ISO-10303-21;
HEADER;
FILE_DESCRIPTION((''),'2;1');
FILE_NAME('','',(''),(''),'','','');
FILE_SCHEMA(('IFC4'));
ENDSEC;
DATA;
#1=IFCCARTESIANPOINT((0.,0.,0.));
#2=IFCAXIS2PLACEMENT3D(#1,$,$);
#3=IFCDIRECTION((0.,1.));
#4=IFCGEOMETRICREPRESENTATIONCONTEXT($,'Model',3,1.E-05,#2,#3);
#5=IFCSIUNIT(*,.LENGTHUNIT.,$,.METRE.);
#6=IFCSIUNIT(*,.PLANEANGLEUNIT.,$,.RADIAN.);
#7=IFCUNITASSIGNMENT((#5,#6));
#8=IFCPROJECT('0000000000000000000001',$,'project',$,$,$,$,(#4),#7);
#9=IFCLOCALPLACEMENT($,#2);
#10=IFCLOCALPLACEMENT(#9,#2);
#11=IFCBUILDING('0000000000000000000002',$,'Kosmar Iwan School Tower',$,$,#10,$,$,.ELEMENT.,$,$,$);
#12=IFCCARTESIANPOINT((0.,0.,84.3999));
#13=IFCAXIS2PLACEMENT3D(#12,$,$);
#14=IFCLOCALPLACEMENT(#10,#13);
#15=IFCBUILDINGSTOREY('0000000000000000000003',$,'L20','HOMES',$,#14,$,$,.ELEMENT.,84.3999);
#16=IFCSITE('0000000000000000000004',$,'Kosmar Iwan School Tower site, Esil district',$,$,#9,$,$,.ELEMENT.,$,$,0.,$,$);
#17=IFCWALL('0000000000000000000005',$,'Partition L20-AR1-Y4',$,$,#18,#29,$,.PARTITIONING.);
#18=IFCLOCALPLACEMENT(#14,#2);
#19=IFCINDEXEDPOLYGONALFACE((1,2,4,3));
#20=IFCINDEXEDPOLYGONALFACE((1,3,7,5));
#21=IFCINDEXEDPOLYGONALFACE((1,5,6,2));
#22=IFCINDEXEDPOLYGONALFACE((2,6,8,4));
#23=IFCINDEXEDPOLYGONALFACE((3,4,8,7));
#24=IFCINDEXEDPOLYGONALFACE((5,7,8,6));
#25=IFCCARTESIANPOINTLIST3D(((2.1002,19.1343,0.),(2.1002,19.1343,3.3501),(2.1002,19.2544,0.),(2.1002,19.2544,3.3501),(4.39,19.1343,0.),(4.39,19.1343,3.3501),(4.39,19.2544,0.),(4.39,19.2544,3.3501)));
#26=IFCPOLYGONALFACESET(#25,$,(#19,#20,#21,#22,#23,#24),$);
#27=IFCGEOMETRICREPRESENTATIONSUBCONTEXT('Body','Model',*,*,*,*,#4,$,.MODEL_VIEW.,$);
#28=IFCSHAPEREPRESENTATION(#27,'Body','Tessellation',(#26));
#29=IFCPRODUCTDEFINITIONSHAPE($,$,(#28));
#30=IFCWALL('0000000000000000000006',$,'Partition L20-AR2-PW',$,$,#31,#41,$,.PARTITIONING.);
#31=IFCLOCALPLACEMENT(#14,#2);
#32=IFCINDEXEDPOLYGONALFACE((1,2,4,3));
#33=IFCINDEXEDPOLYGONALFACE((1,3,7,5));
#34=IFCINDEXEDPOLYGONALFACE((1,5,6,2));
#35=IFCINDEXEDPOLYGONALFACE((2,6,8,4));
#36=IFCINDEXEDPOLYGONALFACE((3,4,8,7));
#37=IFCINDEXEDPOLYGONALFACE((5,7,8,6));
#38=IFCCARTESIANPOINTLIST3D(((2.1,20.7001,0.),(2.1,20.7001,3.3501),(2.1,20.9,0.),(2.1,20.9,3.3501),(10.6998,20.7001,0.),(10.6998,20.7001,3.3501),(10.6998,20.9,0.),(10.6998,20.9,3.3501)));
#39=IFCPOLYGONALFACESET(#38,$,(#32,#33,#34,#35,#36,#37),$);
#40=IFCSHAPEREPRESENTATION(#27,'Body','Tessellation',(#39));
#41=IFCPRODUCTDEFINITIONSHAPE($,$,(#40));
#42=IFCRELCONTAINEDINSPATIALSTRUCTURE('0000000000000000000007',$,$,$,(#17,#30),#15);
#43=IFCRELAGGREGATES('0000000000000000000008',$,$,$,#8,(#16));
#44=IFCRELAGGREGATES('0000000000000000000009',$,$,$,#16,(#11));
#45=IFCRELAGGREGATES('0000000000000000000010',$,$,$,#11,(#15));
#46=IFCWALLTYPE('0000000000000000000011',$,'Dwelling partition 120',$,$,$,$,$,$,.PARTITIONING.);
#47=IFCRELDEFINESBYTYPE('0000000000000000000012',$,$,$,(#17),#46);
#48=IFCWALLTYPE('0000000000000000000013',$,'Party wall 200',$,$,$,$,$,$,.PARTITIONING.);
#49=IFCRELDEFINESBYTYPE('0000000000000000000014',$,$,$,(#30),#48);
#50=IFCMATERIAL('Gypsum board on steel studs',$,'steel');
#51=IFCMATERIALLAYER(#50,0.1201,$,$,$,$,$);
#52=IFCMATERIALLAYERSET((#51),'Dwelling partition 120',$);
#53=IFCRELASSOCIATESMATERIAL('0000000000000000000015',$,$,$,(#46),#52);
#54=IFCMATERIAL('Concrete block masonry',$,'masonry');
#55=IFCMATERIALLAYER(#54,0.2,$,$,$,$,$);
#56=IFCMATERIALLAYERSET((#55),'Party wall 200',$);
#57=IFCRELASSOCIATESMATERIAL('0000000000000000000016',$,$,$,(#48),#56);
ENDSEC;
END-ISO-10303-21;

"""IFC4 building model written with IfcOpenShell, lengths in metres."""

from ifc_helpers import new_model, si_unit, direction, frame, frame_2d, origin, place, context, subcontext, project, spatial, rectangle, extrude, material, layer, layer_set, type_object, element, save


model = new_model("IFC4")

# Units and contexts
model_context = context("Model", 3, precision=1e-05, world=origin(), true_north=direction((0.0, 1.0)))
body_context = subcontext(model_context, "Body", "Model", "MODEL_VIEW")
ifc_project = project(units=[si_unit("LENGTHUNIT", "METRE"), si_unit("PLANEANGLEUNIT", "RADIAN")], contexts=[model_context])

# Site, building, storey
site_placement = place(None, origin())
site = spatial("IfcSite", under=ifc_project, at=site_placement, Name="Kosmar Iwan School Tower site, Esil district", CompositionType="ELEMENT", RefElevation=0.0)
building_placement = place(site_placement, origin())
building = spatial("IfcBuilding", under=site, at=building_placement, Name="Kosmar Iwan School Tower", CompositionType="ELEMENT")
storey_placement = place(building_placement, frame((0.0, 0.0, 84.3999)))
storey = spatial("IfcBuildingStorey", under=building, at=storey_placement, Name="L20", Description="HOMES", CompositionType="ELEMENT", Elevation=84.3999)

# Walls
ifc_material_1 = material(Name="Gypsum board on steel studs", Category="steel")
ifc_layer_1 = layer(ifc_material_1, 0.1201)
ifc_layer_set_1 = layer_set([ifc_layer_1], Name="Dwelling partition 120")
wall_type_1 = type_object("IfcWallType", Name="Dwelling partition 120", PredefinedType="PARTITIONING", material=ifc_layer_set_1)
wall_1_placement = place(storey_placement, frame((2.1001, 19.1943, 0.0), z_axis=(0.0, 0.0, 1.0), x_axis=(1.0, 0.0, 0.0)))
element("IfcWall", 1, at=wall_1_placement, inside=storey, type_object=wall_type_1, Name="Partition L20-AR1-Y4", PredefinedType="PARTITIONING", context=body_context, shape_type="SweptSolid", body=[
    extrude(rectangle(XDim=2.2898, YDim=0.1201, at=frame_2d((1.145, 0.0))), origin(), (0.0, 0.0, 1.0), 3.3501),
])
ifc_material_2 = material(Name="Concrete block masonry", Category="masonry")
ifc_layer_2 = layer(ifc_material_2, 0.2)
ifc_layer_set_2 = layer_set([ifc_layer_2], Name="Party wall 200")
wall_type_2 = type_object("IfcWallType", Name="Party wall 200", PredefinedType="PARTITIONING", material=ifc_layer_set_2)
wall_2_placement = place(storey_placement, frame((2.1001, 20.8, 0.0), z_axis=(0.0, 0.0, 1.0), x_axis=(1.0, 0.0, 0.0)))
element("IfcWall", 2, at=wall_2_placement, inside=storey, type_object=wall_type_2, Name="Partition L20-AR2-PW", PredefinedType="PARTITIONING", context=body_context, shape_type="SweptSolid", body=[
    extrude(rectangle(XDim=8.5999, YDim=0.2, at=frame_2d((4.2998, 0.0))), origin(), (0.0, 0.0, 1.0), 3.3501),
])

save(model, "model.ifc")
